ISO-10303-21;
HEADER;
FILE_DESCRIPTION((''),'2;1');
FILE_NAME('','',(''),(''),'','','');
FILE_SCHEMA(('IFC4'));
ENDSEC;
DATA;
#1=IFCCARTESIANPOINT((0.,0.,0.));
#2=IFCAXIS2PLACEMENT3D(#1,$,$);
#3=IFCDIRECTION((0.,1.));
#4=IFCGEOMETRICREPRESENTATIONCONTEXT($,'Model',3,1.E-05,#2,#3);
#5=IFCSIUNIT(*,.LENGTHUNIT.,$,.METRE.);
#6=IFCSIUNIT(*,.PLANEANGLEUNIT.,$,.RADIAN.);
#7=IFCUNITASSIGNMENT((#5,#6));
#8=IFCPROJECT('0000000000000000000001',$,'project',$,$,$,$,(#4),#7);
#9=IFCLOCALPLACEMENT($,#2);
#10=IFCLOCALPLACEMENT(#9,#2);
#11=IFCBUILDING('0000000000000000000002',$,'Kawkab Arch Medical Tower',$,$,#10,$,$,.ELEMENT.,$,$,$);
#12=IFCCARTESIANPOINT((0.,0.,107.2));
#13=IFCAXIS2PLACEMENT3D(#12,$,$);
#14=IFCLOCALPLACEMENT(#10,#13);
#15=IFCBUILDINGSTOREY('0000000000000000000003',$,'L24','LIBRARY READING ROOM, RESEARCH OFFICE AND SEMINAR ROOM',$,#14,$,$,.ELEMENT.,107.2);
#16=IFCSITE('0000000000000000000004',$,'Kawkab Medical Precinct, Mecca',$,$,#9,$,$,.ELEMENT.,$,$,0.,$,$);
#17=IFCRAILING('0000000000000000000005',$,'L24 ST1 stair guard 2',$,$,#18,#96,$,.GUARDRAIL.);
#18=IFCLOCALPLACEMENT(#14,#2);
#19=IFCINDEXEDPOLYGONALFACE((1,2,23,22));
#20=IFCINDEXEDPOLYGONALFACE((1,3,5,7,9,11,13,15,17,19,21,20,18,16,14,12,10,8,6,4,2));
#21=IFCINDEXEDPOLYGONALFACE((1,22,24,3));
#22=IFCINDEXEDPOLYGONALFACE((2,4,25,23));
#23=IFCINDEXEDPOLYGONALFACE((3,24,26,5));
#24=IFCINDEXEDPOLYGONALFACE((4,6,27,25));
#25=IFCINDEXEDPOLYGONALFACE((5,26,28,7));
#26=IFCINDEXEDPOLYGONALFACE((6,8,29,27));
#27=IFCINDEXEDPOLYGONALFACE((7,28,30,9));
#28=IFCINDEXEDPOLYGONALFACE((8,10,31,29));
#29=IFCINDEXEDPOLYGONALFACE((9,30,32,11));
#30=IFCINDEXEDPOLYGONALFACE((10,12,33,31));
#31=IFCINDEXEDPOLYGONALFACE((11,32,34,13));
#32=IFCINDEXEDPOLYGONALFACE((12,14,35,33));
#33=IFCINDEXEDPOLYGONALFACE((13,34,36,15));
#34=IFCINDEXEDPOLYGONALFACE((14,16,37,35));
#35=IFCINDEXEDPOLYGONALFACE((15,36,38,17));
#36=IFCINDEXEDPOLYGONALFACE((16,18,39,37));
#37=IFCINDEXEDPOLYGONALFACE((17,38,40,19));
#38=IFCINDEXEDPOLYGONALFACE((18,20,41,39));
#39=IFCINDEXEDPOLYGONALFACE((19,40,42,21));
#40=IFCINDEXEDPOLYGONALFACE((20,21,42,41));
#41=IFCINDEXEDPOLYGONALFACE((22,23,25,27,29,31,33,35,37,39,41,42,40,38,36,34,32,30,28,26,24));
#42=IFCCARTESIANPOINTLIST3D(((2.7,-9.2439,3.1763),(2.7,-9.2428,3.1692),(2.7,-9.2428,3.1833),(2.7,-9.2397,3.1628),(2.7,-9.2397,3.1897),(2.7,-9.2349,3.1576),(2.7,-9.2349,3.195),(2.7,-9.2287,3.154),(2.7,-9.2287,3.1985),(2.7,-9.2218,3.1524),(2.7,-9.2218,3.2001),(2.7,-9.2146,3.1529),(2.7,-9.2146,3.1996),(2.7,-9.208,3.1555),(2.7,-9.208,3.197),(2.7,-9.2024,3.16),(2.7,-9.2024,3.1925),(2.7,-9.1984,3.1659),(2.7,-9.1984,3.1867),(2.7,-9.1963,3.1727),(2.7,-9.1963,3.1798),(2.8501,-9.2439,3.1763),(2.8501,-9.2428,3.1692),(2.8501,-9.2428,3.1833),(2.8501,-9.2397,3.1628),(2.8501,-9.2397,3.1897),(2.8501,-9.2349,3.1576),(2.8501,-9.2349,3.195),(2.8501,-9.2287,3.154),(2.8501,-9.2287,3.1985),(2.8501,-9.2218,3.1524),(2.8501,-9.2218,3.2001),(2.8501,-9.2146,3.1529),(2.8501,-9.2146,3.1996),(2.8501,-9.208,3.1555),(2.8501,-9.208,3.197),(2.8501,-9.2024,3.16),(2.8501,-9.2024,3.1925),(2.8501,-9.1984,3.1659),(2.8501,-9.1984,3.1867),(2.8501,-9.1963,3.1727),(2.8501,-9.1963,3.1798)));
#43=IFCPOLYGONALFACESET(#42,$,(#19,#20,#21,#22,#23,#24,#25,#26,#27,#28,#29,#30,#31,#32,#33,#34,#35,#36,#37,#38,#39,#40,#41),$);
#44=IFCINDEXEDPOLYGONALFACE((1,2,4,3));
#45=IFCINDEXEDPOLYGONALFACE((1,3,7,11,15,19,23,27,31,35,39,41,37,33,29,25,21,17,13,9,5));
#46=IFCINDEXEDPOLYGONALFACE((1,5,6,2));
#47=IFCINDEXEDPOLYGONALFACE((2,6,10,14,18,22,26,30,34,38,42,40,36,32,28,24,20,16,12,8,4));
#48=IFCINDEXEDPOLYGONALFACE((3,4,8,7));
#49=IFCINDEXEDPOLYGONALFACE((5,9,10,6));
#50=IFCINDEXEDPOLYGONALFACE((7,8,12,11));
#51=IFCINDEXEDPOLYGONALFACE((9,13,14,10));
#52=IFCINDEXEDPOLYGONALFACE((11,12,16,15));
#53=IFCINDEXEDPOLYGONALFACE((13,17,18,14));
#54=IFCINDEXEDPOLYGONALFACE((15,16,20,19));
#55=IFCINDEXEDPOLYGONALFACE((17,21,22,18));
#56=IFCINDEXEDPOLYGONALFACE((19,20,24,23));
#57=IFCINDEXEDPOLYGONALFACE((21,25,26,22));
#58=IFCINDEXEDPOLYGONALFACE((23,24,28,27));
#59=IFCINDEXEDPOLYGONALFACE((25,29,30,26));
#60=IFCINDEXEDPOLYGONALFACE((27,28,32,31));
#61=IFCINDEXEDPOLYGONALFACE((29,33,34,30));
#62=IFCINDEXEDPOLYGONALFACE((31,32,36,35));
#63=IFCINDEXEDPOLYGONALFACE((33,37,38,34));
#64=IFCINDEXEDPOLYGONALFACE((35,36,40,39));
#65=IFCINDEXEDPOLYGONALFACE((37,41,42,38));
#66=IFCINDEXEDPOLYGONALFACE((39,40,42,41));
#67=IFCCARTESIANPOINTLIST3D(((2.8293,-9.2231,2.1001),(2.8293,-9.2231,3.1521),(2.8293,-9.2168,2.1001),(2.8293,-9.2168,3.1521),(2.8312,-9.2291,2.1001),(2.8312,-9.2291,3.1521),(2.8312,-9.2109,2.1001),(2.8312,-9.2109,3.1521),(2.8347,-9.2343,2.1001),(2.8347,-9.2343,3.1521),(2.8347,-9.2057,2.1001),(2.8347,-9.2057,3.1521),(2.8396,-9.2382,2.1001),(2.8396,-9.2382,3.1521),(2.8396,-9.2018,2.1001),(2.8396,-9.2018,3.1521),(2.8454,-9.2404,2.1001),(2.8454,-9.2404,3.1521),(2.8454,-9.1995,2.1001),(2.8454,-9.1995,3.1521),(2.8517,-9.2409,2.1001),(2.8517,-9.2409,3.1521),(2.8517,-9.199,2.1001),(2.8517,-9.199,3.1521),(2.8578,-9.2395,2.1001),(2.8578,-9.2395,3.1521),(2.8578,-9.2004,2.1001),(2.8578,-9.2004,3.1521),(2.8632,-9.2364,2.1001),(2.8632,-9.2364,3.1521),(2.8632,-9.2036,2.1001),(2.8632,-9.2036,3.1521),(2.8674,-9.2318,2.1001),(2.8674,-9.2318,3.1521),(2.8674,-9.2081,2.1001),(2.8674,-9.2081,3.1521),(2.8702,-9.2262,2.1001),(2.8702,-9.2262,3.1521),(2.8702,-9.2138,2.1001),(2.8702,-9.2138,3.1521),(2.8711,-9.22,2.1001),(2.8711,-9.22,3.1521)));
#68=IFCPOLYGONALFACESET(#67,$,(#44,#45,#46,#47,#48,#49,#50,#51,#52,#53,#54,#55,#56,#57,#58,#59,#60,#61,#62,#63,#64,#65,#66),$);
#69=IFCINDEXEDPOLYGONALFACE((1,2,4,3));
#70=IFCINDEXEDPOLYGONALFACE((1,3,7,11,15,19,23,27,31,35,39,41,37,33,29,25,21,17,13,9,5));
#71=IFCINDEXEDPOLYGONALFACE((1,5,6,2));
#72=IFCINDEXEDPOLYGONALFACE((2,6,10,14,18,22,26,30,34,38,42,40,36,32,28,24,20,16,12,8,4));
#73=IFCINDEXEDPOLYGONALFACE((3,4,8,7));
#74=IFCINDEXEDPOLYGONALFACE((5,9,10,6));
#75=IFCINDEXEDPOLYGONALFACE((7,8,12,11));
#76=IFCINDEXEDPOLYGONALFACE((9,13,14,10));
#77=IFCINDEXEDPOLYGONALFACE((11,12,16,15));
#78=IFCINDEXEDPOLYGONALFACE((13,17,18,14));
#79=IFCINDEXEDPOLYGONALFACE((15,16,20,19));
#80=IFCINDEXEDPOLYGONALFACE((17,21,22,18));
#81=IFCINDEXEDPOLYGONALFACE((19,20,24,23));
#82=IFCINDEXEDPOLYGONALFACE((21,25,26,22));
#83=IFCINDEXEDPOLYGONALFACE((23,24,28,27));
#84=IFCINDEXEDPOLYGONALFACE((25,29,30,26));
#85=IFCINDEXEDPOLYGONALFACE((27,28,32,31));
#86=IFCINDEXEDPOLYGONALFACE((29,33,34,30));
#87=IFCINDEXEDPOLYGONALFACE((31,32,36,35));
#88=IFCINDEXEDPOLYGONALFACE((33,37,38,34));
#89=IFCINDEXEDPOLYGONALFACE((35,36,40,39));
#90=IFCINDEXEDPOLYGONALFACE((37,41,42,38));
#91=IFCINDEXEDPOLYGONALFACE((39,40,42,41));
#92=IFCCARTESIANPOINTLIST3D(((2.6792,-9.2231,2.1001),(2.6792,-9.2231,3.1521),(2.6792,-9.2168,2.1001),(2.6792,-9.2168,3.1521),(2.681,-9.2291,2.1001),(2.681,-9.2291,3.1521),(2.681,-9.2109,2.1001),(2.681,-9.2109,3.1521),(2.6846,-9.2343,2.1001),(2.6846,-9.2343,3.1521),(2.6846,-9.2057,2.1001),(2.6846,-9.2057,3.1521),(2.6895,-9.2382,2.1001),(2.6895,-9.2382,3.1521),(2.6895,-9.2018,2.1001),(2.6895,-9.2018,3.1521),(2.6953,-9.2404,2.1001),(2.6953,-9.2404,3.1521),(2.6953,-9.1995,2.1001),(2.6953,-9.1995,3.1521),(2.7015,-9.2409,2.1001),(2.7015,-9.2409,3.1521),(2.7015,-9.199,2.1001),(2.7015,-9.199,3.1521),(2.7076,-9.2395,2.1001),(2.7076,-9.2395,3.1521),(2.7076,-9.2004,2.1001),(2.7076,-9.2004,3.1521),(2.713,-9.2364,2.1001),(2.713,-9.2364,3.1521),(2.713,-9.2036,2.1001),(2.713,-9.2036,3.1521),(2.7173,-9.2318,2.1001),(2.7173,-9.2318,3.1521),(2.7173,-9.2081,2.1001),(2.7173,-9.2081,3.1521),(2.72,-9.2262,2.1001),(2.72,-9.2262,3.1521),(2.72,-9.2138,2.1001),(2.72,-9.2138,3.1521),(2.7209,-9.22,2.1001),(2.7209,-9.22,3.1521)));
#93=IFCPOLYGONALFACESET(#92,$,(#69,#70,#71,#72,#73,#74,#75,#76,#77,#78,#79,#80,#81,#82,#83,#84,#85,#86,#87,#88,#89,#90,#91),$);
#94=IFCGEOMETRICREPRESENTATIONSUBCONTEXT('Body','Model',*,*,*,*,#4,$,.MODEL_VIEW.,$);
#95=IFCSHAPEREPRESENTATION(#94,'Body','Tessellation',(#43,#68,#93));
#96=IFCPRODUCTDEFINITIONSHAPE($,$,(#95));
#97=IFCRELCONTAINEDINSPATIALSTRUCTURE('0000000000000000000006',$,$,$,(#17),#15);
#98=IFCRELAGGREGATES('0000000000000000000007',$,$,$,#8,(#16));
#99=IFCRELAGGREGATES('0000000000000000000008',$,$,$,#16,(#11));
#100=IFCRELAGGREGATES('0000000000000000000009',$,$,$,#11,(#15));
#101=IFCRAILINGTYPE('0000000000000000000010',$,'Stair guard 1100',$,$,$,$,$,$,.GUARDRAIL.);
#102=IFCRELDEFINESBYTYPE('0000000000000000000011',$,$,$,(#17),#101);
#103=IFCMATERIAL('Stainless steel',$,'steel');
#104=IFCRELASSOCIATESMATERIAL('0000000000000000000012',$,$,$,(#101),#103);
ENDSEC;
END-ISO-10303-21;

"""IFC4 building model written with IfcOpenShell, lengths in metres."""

from ifc_helpers import new_model, si_unit, direction, frame, origin, origin_2d, place, context, subcontext, project, spatial, circle, extrude, material, type_object, element, save


model = new_model("IFC4")

# Units and contexts
model_context = context("Model", 3, precision=1e-05, world=origin(), true_north=direction((0.0, 1.0)))
body_context = subcontext(model_context, "Body", "Model", "MODEL_VIEW")
ifc_project = project(units=[si_unit("LENGTHUNIT", "METRE"), si_unit("PLANEANGLEUNIT", "RADIAN")], contexts=[model_context])

# Site, building, storey
site_placement = place(None, origin())
site = spatial("IfcSite", under=ifc_project, at=site_placement, Name="Kawkab Medical Precinct, Mecca", CompositionType="ELEMENT", RefElevation=0.0)
building_placement = place(site_placement, origin())
building = spatial("IfcBuilding", under=site, at=building_placement, Name="Kawkab Arch Medical Tower", CompositionType="ELEMENT")
storey_placement = place(building_placement, frame((0.0, 0.0, 107.2)))
storey = spatial("IfcBuildingStorey", under=building, at=storey_placement, Name="L24", Description="LIBRARY READING ROOM, RESEARCH OFFICE AND SEMINAR ROOM", CompositionType="ELEMENT", Elevation=107.2)

# Railing
ifc_material_1 = material(Name="Stainless steel", Category="steel")
railing_type_1 = type_object("IfcRailingType", Name="Stair guard 1100", PredefinedType="GUARDRAIL", material=ifc_material_1)
railing_1_placement = place(storey_placement, frame((2.8501, -9.22, 2.1001)))
element("IfcRailing", 1, at=railing_1_placement, inside=storey, type_object=railing_type_1, Name="L24 ST1 stair guard 2", PredefinedType="GUARDRAIL", context=body_context, shape_type="SweptSolid", body=[
    extrude(circle(Radius=0.0239, at=origin_2d()), frame((0.0, 0.0, 1.0762), z_axis=(-1.0, 0.0, 0.0), x_axis=(0.0, -1.0, 0.0)), (0.0, 0.0, 1.0), 0.1501),
    extrude(circle(Radius=0.021, at=origin_2d()), origin(), (0.0, 0.0, 1.0), 1.052),
    extrude(circle(Radius=0.021, at=origin_2d()), frame((-0.1501, 0.0, 0.0)), (0.0, 0.0, 1.0), 1.052),
])

save(model, "model.ifc")
